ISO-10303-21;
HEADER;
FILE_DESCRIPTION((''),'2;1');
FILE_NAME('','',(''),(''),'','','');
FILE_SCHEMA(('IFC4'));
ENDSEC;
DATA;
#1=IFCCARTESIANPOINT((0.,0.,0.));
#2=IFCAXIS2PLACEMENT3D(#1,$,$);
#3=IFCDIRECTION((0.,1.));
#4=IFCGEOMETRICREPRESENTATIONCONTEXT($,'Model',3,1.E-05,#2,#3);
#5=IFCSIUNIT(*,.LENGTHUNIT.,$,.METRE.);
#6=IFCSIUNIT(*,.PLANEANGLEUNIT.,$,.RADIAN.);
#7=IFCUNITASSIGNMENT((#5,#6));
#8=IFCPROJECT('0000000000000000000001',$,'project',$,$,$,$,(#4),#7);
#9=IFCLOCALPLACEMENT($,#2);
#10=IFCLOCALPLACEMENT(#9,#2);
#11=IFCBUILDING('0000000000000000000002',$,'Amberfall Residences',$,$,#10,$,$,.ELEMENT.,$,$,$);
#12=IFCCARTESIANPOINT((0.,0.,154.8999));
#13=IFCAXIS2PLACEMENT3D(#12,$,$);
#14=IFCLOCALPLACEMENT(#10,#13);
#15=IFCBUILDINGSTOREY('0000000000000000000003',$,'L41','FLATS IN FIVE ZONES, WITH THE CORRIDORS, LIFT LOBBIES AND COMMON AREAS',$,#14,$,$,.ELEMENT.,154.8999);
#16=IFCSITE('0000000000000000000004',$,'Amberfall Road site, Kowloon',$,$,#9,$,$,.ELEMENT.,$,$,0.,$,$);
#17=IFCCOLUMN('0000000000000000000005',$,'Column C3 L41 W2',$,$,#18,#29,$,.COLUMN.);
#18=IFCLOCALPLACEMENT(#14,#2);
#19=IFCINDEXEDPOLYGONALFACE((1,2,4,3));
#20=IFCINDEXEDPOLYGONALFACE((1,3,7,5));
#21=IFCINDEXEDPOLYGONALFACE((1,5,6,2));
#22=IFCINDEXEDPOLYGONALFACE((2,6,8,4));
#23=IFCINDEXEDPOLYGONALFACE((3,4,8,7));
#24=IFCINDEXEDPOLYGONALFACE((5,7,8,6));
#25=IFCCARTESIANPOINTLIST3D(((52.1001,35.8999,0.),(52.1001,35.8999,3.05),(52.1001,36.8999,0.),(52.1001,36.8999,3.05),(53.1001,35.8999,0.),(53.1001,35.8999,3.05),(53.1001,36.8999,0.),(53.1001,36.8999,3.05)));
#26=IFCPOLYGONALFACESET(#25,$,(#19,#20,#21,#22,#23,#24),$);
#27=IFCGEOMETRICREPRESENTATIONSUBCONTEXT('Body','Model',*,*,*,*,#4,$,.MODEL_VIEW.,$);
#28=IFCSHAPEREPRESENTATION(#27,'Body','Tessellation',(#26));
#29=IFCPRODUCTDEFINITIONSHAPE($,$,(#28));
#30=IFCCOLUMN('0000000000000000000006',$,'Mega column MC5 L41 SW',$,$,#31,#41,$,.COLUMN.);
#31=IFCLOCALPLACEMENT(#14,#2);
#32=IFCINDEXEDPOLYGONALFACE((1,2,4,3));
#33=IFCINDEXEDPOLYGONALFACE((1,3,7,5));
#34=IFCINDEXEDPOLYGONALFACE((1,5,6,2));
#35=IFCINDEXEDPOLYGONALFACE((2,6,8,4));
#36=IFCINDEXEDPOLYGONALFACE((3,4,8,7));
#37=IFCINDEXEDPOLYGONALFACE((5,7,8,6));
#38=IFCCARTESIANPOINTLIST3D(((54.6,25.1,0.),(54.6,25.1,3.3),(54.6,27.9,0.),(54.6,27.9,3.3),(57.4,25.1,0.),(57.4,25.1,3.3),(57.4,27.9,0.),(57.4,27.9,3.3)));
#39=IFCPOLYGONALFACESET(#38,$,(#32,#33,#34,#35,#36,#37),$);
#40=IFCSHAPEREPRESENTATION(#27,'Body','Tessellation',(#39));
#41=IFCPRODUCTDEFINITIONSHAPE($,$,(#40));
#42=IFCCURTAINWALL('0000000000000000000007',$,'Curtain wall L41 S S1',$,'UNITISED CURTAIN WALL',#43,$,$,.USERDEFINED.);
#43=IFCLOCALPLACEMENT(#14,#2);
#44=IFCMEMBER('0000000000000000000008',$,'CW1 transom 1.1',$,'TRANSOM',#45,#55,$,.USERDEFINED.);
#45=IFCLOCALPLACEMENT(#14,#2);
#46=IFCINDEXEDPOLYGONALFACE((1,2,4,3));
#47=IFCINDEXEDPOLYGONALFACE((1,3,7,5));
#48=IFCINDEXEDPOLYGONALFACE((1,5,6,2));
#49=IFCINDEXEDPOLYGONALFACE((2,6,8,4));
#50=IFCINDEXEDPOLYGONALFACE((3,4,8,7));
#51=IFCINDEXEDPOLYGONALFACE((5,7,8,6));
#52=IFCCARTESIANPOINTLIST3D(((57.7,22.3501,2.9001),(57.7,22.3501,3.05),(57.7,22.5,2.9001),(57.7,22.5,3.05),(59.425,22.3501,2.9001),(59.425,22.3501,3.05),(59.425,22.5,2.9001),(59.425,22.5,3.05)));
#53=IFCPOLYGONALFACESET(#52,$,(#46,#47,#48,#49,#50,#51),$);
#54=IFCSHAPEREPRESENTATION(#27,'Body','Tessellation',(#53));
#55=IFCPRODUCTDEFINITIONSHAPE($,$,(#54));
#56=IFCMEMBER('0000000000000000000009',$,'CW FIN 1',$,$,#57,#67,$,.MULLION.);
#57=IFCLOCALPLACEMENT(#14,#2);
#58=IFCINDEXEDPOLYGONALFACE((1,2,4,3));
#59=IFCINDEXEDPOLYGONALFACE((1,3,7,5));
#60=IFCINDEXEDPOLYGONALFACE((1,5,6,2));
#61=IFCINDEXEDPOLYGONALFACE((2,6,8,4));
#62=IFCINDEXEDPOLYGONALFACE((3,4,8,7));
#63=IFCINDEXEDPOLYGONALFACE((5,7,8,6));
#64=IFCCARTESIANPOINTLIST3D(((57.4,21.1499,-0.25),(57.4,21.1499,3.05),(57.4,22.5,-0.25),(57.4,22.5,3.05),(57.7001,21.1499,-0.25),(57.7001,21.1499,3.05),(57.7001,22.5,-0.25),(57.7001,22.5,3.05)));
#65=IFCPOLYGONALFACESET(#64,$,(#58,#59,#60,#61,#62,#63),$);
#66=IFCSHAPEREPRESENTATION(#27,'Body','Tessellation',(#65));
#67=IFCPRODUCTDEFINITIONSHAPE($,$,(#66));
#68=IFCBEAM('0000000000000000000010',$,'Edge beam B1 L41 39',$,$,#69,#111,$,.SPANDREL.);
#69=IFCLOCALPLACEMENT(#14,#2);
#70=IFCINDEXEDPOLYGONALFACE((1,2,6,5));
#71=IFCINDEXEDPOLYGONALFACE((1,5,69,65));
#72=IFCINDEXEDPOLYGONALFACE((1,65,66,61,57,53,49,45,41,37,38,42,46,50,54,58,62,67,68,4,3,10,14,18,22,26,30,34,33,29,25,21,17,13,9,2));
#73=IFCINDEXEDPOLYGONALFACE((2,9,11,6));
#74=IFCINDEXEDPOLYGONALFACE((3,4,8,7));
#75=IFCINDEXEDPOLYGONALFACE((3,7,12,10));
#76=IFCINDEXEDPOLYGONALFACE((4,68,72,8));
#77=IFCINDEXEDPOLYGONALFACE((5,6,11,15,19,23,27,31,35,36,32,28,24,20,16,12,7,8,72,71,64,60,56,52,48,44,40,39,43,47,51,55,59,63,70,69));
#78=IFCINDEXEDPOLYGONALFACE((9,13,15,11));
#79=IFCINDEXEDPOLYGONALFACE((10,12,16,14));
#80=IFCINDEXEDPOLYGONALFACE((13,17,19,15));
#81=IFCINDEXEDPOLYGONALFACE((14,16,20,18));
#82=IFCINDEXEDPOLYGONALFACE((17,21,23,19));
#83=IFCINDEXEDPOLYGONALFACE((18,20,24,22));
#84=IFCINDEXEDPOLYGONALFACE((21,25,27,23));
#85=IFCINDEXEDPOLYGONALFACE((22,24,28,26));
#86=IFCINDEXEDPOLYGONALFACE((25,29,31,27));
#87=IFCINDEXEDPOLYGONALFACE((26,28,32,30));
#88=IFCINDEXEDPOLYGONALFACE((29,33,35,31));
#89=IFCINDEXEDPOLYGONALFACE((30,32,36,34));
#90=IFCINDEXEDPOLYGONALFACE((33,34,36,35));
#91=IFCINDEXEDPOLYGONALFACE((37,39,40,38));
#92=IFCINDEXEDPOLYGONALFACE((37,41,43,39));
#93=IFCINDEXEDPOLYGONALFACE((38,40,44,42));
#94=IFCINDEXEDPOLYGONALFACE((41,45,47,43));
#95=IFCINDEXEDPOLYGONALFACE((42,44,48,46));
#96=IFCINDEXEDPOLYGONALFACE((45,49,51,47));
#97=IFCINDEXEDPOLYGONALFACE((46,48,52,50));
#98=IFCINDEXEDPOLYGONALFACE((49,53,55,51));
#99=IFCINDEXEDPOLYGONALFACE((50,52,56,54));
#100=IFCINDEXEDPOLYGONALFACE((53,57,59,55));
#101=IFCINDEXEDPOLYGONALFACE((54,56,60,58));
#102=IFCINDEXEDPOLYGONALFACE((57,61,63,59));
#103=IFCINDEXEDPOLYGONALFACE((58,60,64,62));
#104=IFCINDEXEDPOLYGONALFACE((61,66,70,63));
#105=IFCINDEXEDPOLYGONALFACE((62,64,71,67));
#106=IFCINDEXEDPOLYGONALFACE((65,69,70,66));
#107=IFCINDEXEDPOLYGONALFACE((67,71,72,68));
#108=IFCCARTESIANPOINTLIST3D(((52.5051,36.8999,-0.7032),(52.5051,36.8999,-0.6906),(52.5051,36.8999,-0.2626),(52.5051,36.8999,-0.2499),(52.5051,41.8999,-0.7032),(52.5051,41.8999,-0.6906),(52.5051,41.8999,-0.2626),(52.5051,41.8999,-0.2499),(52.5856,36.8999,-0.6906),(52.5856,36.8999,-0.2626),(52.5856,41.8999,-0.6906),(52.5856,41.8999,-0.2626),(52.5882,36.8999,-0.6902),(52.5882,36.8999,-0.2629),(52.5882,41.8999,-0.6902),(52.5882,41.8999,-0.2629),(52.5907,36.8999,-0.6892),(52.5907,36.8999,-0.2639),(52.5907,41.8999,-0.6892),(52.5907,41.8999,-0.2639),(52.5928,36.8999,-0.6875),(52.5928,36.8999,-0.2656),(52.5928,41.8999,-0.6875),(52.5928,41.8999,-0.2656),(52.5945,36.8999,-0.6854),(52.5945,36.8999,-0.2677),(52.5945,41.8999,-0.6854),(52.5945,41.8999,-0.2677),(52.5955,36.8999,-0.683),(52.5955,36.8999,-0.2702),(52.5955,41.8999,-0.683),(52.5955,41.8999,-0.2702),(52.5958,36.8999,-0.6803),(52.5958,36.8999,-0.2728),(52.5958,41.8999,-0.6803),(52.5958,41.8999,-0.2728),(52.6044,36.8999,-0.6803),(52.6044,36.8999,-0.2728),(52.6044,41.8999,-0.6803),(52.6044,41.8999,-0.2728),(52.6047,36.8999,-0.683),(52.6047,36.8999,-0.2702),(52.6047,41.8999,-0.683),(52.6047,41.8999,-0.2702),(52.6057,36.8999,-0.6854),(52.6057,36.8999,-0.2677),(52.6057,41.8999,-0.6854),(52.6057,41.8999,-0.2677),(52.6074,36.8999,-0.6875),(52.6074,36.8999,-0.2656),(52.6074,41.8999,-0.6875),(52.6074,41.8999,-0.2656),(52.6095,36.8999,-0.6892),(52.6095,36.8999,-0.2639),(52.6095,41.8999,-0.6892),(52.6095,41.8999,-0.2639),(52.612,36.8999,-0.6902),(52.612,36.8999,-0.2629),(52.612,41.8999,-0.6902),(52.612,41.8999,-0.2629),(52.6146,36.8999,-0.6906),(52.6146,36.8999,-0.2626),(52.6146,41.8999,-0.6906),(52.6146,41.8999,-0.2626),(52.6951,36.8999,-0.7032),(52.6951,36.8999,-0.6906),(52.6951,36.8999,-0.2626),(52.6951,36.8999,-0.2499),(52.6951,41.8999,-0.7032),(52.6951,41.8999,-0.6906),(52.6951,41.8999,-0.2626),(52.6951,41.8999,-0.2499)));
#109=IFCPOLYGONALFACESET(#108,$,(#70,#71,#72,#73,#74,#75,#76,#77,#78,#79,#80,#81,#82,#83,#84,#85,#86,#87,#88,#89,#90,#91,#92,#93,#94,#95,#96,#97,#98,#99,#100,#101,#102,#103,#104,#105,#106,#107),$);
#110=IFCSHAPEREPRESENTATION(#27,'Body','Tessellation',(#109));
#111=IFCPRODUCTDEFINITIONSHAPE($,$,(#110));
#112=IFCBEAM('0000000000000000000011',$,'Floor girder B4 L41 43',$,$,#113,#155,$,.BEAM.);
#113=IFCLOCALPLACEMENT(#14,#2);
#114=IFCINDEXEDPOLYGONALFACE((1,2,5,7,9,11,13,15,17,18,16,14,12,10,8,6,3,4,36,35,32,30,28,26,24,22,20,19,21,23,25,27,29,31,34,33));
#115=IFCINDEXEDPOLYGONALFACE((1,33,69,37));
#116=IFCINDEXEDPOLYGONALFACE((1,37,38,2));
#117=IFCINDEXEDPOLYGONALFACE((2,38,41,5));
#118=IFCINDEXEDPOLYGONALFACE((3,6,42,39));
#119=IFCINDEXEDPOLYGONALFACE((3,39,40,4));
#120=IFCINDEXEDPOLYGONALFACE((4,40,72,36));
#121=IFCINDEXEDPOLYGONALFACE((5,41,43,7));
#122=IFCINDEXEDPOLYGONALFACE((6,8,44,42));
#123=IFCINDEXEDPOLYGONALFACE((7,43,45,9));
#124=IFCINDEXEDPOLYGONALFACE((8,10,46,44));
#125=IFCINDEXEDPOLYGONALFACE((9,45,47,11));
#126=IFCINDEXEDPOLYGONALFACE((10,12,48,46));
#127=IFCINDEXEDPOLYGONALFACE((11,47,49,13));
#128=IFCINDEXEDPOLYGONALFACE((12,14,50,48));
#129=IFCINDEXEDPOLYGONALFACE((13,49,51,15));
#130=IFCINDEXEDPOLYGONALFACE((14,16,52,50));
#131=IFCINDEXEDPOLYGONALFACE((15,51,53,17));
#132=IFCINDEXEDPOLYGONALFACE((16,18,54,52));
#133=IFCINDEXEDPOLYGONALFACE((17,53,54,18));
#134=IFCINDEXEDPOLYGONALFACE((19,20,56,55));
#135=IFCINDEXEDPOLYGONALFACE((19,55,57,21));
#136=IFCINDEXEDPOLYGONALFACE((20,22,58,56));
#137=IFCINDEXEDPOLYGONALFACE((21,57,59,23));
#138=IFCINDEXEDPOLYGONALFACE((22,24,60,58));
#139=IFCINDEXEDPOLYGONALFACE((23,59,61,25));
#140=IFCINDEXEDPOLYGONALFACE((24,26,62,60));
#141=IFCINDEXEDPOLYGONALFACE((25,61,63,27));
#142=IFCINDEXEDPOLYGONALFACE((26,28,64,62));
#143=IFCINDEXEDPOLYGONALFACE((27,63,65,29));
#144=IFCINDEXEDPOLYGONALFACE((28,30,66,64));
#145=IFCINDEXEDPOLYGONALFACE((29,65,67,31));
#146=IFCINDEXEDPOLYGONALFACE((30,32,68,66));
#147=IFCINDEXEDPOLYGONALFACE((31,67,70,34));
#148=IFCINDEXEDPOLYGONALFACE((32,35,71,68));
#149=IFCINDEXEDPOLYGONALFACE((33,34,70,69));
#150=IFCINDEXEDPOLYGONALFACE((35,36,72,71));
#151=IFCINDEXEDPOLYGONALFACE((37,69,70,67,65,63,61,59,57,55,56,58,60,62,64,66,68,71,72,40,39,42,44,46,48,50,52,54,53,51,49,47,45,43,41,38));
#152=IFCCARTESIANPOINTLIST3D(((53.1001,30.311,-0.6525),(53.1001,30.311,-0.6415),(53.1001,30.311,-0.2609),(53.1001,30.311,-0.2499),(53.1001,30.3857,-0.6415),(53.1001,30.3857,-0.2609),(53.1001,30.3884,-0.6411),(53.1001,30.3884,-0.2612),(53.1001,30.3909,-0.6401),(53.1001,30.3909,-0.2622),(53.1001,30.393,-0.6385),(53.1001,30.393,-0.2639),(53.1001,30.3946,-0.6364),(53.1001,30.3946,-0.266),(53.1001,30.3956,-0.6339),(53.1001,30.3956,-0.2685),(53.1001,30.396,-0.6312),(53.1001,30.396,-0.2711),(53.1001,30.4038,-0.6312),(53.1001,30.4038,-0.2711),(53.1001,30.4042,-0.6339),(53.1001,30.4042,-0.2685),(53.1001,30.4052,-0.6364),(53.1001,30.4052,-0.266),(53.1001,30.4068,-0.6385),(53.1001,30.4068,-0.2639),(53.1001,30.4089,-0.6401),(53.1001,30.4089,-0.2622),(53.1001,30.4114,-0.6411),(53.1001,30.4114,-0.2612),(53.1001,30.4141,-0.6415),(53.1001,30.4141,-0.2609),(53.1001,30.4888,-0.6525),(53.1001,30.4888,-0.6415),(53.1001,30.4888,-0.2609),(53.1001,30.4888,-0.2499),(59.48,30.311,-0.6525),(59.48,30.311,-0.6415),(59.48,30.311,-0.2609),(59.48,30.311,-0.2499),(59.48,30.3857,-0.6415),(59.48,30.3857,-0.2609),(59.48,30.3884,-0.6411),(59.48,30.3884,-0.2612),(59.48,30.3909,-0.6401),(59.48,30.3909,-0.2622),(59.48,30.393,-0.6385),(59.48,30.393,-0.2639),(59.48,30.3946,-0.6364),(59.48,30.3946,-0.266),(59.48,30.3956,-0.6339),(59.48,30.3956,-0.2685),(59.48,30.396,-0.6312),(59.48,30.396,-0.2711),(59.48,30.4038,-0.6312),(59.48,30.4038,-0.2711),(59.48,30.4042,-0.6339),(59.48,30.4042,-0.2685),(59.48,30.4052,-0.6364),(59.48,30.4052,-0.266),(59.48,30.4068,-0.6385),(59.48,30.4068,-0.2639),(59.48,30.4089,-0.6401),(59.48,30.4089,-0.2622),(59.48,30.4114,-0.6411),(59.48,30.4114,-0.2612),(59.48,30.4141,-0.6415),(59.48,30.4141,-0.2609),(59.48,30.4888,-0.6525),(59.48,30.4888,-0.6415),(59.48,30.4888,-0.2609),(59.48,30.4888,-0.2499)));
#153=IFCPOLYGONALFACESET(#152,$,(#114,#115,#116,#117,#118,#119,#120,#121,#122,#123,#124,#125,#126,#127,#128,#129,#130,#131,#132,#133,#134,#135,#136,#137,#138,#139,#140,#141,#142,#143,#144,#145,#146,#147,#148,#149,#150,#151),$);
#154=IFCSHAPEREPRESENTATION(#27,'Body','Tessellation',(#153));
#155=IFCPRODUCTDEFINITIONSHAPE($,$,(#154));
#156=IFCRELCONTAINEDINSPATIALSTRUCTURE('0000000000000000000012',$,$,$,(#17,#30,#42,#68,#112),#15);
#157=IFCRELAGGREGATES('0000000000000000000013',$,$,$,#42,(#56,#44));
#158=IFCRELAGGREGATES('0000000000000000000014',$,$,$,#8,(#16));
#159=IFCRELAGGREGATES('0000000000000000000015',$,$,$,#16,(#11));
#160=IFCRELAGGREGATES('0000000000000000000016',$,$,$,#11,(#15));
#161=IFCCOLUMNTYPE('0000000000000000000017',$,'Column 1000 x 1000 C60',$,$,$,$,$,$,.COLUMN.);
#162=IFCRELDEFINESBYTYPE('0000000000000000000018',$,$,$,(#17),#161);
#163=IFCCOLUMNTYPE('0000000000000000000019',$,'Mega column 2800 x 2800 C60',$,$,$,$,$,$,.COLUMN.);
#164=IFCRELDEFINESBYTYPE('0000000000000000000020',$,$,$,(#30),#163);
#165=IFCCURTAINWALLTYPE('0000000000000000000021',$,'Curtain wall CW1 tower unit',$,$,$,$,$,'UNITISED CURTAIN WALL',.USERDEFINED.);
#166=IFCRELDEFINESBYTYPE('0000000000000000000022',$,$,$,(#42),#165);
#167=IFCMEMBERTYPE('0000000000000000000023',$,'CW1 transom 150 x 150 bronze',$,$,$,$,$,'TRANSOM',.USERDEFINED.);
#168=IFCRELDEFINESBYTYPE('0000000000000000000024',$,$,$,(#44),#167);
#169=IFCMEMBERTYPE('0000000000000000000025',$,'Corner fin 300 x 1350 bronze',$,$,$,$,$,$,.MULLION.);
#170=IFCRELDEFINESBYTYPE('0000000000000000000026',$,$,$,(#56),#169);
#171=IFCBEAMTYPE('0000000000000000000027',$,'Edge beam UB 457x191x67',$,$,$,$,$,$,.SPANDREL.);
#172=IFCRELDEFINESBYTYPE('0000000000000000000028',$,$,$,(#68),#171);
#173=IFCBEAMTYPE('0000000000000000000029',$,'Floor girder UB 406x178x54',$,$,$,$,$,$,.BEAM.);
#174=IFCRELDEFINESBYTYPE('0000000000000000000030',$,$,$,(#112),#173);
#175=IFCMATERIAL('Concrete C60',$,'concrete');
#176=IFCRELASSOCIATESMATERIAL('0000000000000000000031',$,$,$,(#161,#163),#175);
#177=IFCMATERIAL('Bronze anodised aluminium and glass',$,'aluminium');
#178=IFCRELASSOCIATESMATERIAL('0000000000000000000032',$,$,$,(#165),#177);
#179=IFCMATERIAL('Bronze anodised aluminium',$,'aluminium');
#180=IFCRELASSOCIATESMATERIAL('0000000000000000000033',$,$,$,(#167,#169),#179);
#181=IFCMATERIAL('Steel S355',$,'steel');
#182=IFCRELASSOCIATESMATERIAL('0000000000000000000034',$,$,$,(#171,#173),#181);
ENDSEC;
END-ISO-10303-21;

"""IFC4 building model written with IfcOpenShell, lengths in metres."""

from ifc_helpers import new_model, si_unit, direction, frame, origin, origin_2d, place, context, subcontext, project, spatial, rectangle, i_section, extrude, material, material_profile, profile_set, type_object, element, aggregate, save


model = new_model("IFC4")

# Units and contexts
model_context = context("Model", 3, precision=1e-05, world=origin(), true_north=direction((0.0, 1.0)))
body_context = subcontext(model_context, "Body", "Model", "MODEL_VIEW")
ifc_project = project(units=[si_unit("LENGTHUNIT", "METRE"), si_unit("PLANEANGLEUNIT", "RADIAN")], contexts=[model_context])

# Site, building, storey
site_placement = place(None, origin())
site = spatial("IfcSite", under=ifc_project, at=site_placement, Name="Amberfall Road site, Kowloon", CompositionType="ELEMENT", RefElevation=0.0)
building_placement = place(site_placement, origin())
building = spatial("IfcBuilding", under=site, at=building_placement, Name="Amberfall Residences", CompositionType="ELEMENT")
storey_placement = place(building_placement, frame((0.0, 0.0, 154.8999)))
storey = spatial("IfcBuildingStorey", under=building, at=storey_placement, Name="L41", Description="FLATS IN FIVE ZONES, WITH THE CORRIDORS, LIFT LOBBIES AND COMMON AREAS", CompositionType="ELEMENT", Elevation=154.8999)

# Columns
ifc_material_1 = material(Name="Concrete C60", Category="concrete")
ifc_material_profile_1 = material_profile(ifc_material_1, rectangle(XDim=1.0, YDim=1.0, at=origin_2d()), Name="Column 1000 x 1000 C60")
ifc_profile_set_1 = profile_set([ifc_material_profile_1], Name="Concrete C60")
column_type_1 = type_object("IfcColumnType", Name="Column 1000 x 1000 C60", PredefinedType="COLUMN", material=ifc_profile_set_1)
column_1_placement = place(storey_placement, frame((52.6001, 36.3999, 0.0), z_axis=(0.0, 0.0, 1.0), x_axis=(1.0, 0.0, 0.0)))
element("IfcColumn", 1, at=column_1_placement, inside=storey, type_object=column_type_1, Name="Column C3 L41 W2", PredefinedType="COLUMN", context=body_context, shape_type="SweptSolid", body=[
    extrude(rectangle(XDim=1.0, YDim=1.0, at=origin_2d()), origin(), (0.0, 0.0, 1.0), 3.05),
])
ifc_material_profile_2 = material_profile(ifc_material_1, rectangle(XDim=2.8, YDim=2.8, at=origin_2d()), Name="Mega column 2800 x 2800 C60")
ifc_profile_set_2 = profile_set([ifc_material_profile_2], Name="Concrete C60")
column_type_2 = type_object("IfcColumnType", Name="Mega column 2800 x 2800 C60", PredefinedType="COLUMN", material=ifc_profile_set_2)
column_2_placement = place(storey_placement, frame((56.0, 26.5, 0.0), z_axis=(0.0, 0.0, 1.0), x_axis=(1.0, 0.0, 0.0)))
element("IfcColumn", 2, at=column_2_placement, inside=storey, type_object=column_type_2, Name="Mega column MC5 L41 SW", PredefinedType="COLUMN", context=body_context, shape_type="SweptSolid", body=[
    extrude(rectangle(XDim=2.8, YDim=2.8, at=origin_2d()), origin(), (0.0, 0.0, 1.0), 3.3),
])

# Curtain wall, members
ifc_material_2 = material(Name="Bronze anodised aluminium and glass", Category="aluminium")
curtain_wall_type = type_object("IfcCurtainWallType", Name="Curtain wall CW1 tower unit", ElementType="UNITISED CURTAIN WALL", PredefinedType="USERDEFINED", material=ifc_material_2)
curtain_wall_placement = place(storey_placement, origin())
curtain_wall = element("IfcCurtainWall", 3, at=curtain_wall_placement, inside=storey, type_object=curtain_wall_type, Name="Curtain wall L41 S S1", ObjectType="UNITISED CURTAIN WALL", PredefinedType="USERDEFINED")
ifc_material_3 = material(Name="Bronze anodised aluminium", Category="aluminium")
ifc_material_profile_3 = material_profile(ifc_material_3, rectangle(XDim=0.1499, YDim=0.1499, at=origin_2d()), Name="CW1 transom 150 x 150 bronze")
ifc_profile_set_3 = profile_set([ifc_material_profile_3], Name="Bronze anodised aluminium")
member_type_1 = type_object("IfcMemberType", Name="CW1 transom 150 x 150 bronze", ElementType="TRANSOM", PredefinedType="USERDEFINED", material=ifc_profile_set_3)
member_1_placement = place(storey_placement, frame((57.7, 22.425, 2.9751), z_axis=(1.0, 0.0, 0.0), x_axis=(0.0, 1.0, 0.0)))
member_1 = element("IfcMember", 4, at=member_1_placement, type_object=member_type_1, Name="CW1 transom 1.1", ObjectType="TRANSOM", PredefinedType="USERDEFINED", context=body_context, shape_type="SweptSolid", body=[
    extrude(rectangle(XDim=0.1499, YDim=0.1499, at=origin_2d()), origin(), (0.0, 0.0, 1.0), 1.7251),
])
ifc_material_profile_4 = material_profile(ifc_material_3, rectangle(XDim=1.3501, YDim=0.3, at=origin_2d()), Name="Corner fin 300 x 1350 bronze")
ifc_profile_set_4 = profile_set([ifc_material_profile_4], Name="Bronze anodised aluminium")
member_type_2 = type_object("IfcMemberType", Name="Corner fin 300 x 1350 bronze", PredefinedType="MULLION", material=ifc_profile_set_4)
member_2_placement = place(storey_placement, frame((57.55, 21.825, -0.25), z_axis=(0.0, 0.0, 1.0), x_axis=(0.0, 1.0, 0.0)))
member_2 = element("IfcMember", 5, at=member_2_placement, type_object=member_type_2, Name="CW FIN 1", PredefinedType="MULLION", context=body_context, shape_type="SweptSolid", body=[
    extrude(rectangle(XDim=1.3501, YDim=0.3, at=origin_2d()), origin(), (0.0, 0.0, 1.0), 3.3),
])

# Beams
ifc_material_4 = material(Name="Steel S355", Category="steel")
ifc_material_profile_5 = material_profile(ifc_material_4, i_section(OverallWidth=0.1899, OverallDepth=0.4534, WebThickness=0.0085, FlangeThickness=0.0127, FilletRadius=0.0103, at=origin_2d()), Name="UB 457x191x67")
ifc_profile_set_5 = profile_set([ifc_material_profile_5], Name="Steel S355")
beam_type_1 = type_object("IfcBeamType", Name="Edge beam UB 457x191x67", PredefinedType="SPANDREL", material=ifc_profile_set_5)
beam_1_placement = place(storey_placement, frame((52.6001, 36.8999, -0.4766), z_axis=(0.0, 1.0, 0.0), x_axis=(-1.0, 0.0, 0.0)))
element("IfcBeam", 6, at=beam_1_placement, inside=storey, type_object=beam_type_1, Name="Edge beam B1 L41 39", PredefinedType="SPANDREL", context=body_context, shape_type="SweptSolid", body=[
    extrude(i_section(OverallWidth=0.1899, OverallDepth=0.4534, WebThickness=0.0085, FlangeThickness=0.0127, FilletRadius=0.0103, at=origin_2d()), origin(), (0.0, 0.0, 1.0), 5.0),
])
ifc_material_profile_6 = material_profile(ifc_material_4, i_section(OverallWidth=0.1777, OverallDepth=0.4026, WebThickness=0.0078, FlangeThickness=0.011, FilletRadius=0.0103, at=origin_2d()), Name="UB 406x178x54")
ifc_profile_set_6 = profile_set([ifc_material_profile_6], Name="Steel S355")
beam_type_2 = type_object("IfcBeamType", Name="Floor girder UB 406x178x54", PredefinedType="BEAM", material=ifc_profile_set_6)
beam_2_placement = place(storey_placement, frame((53.1001, 30.3999, -0.4512), z_axis=(1.0, 0.0, 0.0), x_axis=(0.0, 1.0, 0.0)))
element("IfcBeam", 7, at=beam_2_placement, inside=storey, type_object=beam_type_2, Name="Floor girder B4 L41 43", PredefinedType="BEAM", context=body_context, shape_type="SweptSolid", body=[
    extrude(i_section(OverallWidth=0.1777, OverallDepth=0.4026, WebThickness=0.0078, FlangeThickness=0.011, FilletRadius=0.0103, at=origin_2d()), origin(), (0.0, 0.0, 1.0), 6.3799),
])

aggregate(curtain_wall, [member_2, member_1])

save(model, "model.ifc")
